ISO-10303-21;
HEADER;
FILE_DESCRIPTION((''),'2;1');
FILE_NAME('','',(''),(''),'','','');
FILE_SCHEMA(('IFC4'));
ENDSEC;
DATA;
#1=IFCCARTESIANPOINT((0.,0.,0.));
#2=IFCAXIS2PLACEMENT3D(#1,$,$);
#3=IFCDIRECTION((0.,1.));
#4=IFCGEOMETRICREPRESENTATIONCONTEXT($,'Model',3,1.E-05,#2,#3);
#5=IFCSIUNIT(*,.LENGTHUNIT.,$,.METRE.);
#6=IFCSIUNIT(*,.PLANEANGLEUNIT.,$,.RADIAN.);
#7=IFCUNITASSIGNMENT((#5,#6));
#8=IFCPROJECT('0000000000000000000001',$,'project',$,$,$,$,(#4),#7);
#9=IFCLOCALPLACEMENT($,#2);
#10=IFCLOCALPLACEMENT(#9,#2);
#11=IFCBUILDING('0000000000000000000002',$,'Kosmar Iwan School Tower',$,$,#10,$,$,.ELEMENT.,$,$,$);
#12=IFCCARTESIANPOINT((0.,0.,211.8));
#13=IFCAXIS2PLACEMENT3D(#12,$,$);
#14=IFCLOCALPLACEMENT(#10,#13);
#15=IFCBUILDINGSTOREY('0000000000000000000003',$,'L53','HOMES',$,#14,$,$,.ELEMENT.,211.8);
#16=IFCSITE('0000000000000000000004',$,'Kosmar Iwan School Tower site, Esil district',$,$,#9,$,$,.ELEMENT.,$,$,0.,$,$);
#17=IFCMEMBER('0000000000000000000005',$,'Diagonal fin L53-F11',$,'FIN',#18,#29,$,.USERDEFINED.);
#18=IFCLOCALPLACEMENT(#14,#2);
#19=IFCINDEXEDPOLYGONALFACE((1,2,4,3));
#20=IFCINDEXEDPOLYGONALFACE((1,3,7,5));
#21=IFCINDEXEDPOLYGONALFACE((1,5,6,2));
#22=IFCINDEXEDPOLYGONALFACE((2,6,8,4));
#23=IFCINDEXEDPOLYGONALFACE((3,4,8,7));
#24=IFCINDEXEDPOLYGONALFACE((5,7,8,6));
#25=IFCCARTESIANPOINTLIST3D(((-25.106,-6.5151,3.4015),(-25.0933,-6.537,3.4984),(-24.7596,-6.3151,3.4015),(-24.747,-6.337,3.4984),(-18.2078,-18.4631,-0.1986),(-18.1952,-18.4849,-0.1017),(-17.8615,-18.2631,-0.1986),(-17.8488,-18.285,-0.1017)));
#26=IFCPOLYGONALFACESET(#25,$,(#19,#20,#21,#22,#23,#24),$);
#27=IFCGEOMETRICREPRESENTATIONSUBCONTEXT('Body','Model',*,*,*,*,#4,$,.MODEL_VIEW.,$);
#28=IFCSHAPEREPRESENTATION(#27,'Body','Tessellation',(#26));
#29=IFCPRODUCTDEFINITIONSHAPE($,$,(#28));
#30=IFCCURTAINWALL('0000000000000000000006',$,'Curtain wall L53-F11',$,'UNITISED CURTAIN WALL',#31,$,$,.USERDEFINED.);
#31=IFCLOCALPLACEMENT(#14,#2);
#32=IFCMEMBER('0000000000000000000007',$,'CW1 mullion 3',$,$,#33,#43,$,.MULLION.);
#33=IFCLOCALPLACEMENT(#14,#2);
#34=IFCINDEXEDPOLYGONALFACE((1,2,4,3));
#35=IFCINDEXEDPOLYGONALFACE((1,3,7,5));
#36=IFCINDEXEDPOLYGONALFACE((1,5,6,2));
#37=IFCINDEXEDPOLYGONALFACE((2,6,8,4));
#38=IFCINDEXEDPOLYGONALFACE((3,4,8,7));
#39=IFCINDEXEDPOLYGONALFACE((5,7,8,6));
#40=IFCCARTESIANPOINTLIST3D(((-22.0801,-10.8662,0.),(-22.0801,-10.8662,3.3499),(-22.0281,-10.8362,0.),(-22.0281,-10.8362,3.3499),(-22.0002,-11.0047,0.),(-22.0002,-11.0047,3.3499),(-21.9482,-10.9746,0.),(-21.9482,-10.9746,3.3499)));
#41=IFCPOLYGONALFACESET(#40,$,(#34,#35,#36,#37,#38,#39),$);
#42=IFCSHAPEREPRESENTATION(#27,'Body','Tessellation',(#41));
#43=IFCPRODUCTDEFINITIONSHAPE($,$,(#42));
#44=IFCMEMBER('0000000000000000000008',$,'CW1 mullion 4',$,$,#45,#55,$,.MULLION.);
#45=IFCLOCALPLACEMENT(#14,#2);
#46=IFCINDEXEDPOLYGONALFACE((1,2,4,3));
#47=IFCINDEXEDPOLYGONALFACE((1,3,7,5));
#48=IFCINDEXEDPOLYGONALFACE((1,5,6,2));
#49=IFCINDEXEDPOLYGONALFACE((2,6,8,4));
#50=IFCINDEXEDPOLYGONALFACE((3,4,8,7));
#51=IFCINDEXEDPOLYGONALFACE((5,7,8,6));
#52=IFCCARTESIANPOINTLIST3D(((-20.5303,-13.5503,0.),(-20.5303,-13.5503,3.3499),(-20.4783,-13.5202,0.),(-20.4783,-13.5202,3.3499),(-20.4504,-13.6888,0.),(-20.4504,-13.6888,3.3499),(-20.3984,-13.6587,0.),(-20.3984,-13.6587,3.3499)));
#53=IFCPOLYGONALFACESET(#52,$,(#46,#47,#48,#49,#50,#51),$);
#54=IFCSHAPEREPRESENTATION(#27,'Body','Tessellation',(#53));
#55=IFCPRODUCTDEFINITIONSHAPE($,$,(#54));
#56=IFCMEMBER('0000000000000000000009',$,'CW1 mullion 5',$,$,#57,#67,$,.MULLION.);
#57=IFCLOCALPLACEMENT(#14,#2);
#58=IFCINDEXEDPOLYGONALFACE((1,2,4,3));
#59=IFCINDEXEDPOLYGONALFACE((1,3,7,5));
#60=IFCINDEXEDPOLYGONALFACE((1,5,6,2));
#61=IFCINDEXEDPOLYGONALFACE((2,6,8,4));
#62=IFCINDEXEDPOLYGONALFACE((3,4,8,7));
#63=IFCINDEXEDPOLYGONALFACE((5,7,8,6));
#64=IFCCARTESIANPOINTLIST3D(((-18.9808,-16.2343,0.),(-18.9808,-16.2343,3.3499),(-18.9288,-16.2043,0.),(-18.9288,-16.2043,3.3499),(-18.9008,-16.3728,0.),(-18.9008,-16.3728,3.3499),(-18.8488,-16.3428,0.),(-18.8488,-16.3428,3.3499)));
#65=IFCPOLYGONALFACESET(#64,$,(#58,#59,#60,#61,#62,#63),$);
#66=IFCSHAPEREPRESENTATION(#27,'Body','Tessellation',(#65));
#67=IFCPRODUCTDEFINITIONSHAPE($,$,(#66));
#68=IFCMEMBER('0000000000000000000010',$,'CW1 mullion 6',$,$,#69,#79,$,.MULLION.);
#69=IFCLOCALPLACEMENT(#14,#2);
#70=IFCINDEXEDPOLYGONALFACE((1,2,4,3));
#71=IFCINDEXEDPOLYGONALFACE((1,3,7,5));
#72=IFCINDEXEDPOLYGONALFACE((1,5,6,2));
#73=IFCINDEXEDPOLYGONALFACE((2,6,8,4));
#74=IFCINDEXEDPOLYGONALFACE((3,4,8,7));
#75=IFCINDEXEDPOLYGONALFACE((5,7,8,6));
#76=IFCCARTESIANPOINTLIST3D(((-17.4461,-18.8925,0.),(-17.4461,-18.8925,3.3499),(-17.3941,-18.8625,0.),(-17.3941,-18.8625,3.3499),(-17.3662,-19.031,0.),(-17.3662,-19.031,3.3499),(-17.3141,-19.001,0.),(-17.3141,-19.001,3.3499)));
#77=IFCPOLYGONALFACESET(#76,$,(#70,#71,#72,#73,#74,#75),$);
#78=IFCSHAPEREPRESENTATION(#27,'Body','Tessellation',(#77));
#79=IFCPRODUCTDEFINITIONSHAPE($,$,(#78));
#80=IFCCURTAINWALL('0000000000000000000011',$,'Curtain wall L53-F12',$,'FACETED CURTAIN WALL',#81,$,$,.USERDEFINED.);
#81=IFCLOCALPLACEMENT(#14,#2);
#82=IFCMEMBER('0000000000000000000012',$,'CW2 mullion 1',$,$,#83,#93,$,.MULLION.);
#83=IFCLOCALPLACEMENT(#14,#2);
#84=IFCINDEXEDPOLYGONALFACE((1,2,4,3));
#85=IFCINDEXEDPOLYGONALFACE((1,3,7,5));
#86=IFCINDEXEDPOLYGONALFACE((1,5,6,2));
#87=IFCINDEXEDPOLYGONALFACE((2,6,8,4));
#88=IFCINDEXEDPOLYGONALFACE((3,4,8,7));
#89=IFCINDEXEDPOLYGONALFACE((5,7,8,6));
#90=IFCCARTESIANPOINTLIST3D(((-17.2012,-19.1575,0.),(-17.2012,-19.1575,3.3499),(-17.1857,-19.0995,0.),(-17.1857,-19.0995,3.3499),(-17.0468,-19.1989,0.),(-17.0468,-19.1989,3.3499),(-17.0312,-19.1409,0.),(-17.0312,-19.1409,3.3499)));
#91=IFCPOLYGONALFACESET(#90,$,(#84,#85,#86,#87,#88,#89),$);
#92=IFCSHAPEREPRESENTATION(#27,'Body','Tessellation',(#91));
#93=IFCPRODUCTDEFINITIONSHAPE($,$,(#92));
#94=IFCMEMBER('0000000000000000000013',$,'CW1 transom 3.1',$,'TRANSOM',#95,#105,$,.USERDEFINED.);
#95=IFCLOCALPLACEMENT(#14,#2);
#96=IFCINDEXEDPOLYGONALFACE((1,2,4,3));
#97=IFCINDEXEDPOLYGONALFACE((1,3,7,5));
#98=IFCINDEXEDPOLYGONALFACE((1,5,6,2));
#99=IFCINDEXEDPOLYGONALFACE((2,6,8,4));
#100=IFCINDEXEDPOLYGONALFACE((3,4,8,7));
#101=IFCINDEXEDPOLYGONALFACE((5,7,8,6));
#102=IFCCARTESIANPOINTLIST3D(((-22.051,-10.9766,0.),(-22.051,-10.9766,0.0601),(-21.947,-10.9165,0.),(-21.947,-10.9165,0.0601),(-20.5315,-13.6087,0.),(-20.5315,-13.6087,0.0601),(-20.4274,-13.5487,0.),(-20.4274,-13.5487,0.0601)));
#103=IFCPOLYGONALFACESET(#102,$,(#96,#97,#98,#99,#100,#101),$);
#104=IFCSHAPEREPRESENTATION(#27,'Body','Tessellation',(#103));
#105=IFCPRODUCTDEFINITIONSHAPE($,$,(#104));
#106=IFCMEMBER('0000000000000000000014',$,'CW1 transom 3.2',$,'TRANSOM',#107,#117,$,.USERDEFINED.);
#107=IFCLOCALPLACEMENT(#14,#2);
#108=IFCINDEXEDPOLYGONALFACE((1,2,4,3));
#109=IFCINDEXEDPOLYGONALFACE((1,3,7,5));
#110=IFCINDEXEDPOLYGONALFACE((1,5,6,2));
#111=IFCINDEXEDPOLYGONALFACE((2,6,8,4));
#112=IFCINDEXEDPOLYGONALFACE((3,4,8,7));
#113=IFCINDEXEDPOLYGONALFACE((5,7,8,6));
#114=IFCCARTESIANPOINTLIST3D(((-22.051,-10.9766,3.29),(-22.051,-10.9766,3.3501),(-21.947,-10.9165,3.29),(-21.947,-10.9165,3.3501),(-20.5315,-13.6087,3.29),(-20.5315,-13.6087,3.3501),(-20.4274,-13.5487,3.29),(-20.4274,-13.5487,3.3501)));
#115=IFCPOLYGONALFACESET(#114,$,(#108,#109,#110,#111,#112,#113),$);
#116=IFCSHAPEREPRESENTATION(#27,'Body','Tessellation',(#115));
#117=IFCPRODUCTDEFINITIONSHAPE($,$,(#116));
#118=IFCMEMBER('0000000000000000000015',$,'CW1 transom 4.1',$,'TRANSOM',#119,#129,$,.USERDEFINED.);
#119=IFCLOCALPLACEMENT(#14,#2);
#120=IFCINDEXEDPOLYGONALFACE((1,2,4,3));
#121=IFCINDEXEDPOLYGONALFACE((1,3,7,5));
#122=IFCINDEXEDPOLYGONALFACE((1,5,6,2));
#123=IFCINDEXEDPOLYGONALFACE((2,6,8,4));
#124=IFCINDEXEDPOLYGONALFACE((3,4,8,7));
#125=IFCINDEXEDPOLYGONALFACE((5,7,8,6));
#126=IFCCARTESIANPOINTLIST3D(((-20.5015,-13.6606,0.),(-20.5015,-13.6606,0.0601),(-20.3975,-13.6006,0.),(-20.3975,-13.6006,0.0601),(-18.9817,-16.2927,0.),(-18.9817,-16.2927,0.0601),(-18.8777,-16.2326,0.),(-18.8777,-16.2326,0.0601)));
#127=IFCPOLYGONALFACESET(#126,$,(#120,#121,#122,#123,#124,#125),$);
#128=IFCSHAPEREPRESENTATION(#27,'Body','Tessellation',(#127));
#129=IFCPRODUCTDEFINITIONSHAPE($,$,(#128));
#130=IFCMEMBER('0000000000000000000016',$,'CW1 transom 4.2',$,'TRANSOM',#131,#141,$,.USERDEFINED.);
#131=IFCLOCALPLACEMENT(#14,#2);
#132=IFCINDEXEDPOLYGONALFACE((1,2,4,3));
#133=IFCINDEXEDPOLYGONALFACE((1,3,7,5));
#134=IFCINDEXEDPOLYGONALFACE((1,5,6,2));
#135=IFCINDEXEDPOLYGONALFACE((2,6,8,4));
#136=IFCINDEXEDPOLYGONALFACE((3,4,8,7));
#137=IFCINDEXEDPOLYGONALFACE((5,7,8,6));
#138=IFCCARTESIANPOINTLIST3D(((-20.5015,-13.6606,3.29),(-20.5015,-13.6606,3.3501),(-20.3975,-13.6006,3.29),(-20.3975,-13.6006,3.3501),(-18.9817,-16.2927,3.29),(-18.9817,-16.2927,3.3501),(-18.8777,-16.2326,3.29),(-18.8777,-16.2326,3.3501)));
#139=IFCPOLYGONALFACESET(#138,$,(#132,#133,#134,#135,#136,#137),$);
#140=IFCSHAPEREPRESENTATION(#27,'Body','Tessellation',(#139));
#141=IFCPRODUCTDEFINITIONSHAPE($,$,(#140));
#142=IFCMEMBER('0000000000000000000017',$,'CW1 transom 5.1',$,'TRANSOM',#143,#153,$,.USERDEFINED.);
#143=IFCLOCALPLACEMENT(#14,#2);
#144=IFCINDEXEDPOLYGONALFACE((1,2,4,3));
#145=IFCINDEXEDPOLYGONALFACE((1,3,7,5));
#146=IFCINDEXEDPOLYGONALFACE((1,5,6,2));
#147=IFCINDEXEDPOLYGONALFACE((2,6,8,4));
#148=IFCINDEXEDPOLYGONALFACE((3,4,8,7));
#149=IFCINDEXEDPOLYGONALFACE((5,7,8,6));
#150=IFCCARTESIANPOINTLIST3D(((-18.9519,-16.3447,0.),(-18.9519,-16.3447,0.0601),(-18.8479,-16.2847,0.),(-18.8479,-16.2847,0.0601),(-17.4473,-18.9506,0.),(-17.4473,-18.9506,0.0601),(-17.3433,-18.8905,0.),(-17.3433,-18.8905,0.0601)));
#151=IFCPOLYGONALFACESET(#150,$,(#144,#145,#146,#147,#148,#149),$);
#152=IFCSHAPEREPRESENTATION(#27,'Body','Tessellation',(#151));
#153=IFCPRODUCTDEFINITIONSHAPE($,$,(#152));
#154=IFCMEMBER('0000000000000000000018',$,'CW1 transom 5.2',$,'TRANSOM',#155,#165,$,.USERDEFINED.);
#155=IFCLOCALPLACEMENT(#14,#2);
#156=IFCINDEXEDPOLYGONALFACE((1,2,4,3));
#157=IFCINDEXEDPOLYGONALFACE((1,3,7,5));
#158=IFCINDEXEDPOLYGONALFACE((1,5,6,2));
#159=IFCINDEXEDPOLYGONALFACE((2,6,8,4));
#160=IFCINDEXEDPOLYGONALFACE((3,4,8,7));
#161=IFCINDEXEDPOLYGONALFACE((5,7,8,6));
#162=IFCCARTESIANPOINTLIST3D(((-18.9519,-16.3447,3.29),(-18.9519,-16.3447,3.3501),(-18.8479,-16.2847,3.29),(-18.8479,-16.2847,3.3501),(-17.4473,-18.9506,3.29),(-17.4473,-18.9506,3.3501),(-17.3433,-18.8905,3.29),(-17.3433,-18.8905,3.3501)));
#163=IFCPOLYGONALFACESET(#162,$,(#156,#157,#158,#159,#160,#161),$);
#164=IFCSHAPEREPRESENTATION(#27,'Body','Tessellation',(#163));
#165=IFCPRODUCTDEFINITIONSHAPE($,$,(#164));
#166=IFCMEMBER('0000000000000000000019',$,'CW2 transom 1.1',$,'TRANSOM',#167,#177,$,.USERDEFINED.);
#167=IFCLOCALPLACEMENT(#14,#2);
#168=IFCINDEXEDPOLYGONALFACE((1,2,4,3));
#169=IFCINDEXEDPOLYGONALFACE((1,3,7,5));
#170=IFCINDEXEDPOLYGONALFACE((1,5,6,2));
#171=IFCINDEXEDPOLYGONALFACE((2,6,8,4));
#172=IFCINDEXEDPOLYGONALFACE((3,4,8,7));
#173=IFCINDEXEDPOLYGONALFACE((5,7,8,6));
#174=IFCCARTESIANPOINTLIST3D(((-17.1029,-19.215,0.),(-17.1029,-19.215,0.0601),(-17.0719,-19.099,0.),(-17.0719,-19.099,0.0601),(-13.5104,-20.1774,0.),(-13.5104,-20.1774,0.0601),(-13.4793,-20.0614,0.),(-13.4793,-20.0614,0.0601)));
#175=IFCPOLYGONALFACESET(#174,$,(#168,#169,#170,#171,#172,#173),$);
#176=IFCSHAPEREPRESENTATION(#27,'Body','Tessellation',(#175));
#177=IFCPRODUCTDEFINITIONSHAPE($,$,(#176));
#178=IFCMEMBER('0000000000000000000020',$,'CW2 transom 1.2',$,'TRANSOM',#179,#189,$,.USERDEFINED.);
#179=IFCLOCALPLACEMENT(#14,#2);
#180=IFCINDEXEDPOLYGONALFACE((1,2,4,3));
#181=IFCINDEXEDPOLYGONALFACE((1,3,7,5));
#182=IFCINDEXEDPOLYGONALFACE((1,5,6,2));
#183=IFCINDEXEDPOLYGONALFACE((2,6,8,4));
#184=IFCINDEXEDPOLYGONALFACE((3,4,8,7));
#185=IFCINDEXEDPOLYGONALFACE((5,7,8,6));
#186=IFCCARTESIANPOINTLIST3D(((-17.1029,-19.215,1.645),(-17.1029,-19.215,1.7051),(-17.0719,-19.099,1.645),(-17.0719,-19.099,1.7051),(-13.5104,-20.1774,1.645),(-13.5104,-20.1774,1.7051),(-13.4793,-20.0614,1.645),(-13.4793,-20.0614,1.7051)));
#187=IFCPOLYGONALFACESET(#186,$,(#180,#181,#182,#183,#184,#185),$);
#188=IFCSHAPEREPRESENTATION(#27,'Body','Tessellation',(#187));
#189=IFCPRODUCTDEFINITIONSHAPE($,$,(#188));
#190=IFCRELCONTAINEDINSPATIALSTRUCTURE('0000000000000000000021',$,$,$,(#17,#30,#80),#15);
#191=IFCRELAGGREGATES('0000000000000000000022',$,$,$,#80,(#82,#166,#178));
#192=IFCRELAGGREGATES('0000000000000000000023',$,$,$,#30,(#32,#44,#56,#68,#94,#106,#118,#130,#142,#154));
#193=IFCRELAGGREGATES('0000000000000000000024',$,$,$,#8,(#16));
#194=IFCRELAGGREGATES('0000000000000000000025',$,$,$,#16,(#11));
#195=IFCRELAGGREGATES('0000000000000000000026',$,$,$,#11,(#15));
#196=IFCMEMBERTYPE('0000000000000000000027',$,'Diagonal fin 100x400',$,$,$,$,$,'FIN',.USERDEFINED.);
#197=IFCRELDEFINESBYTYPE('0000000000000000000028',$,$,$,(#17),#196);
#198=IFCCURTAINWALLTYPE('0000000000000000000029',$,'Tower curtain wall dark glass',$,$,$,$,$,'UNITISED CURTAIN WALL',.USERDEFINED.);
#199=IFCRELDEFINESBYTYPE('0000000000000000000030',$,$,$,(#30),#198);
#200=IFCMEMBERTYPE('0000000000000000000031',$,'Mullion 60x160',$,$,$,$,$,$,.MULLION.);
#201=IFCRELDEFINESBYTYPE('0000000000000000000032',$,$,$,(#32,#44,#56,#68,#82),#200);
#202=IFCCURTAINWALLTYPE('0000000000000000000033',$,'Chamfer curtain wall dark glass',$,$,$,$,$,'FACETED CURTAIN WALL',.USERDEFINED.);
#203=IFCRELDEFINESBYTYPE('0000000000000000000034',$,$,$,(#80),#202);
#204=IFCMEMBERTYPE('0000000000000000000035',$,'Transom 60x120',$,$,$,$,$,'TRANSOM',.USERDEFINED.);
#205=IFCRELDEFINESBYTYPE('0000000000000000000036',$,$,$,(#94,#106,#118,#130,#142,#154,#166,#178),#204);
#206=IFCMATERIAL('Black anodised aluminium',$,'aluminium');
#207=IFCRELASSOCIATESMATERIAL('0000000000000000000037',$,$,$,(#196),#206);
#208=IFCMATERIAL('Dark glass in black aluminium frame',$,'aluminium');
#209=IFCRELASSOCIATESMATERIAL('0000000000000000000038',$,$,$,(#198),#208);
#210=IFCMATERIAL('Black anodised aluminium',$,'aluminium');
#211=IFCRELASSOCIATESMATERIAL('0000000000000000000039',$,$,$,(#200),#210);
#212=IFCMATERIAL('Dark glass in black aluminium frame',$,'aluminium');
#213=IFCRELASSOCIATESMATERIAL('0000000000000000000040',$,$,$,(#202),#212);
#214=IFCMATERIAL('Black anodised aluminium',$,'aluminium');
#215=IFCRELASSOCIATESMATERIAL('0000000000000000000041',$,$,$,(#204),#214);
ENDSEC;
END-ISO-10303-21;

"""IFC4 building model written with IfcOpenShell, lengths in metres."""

from ifc_helpers import new_model, si_unit, direction, frame, origin, origin_2d, place, context, subcontext, project, spatial, rectangle, extrude, material, material_profile, profile_set, type_object, element, aggregate, save


model = new_model("IFC4")

# Units and contexts
model_context = context("Model", 3, precision=1e-05, world=origin(), true_north=direction((0.0, 1.0)))
body_context = subcontext(model_context, "Body", "Model", "MODEL_VIEW")
ifc_project = project(units=[si_unit("LENGTHUNIT", "METRE"), si_unit("PLANEANGLEUNIT", "RADIAN")], contexts=[model_context])

# Site, building, storey
site_placement = place(None, origin())
site = spatial("IfcSite", under=ifc_project, at=site_placement, Name="Kosmar Iwan School Tower site, Esil district", CompositionType="ELEMENT", RefElevation=0.0)
building_placement = place(site_placement, origin())
building = spatial("IfcBuilding", under=site, at=building_placement, Name="Kosmar Iwan School Tower", CompositionType="ELEMENT")
storey_placement = place(building_placement, frame((0.0, 0.0, 211.8)))
storey = spatial("IfcBuildingStorey", under=building, at=storey_placement, Name="L53", Description="HOMES", CompositionType="ELEMENT", Elevation=211.8)

# Member
ifc_material_1 = material(Name="Black anodised aluminium", Category="aluminium")
ifc_material_profile_1 = material_profile(ifc_material_1, rectangle(XDim=0.1001, YDim=0.3999, at=origin_2d()), Name="FIN 100x400")
ifc_profile_set_1 = profile_set([ifc_material_profile_1], Name="Black anodised aluminium")
member_type_1 = type_object("IfcMemberType", Name="Diagonal fin 100x400", ElementType="FIN", PredefinedType="USERDEFINED", material=ifc_profile_set_1)
member_1_placement = place(storey_placement, frame((-18.0283, -18.374, -0.1501), z_axis=(-0.4838, 0.837965, 0.252491), x_axis=(0.126245, -0.218663, 0.967599)))
element("IfcMember", 1, at=member_1_placement, inside=storey, type_object=member_type_1, Name="Diagonal fin L53-F11", ObjectType="FIN", PredefinedType="USERDEFINED", context=body_context, shape_type="SweptSolid", body=[
    extrude(rectangle(XDim=0.1001, YDim=0.3999, at=origin_2d()), origin(), (0.0, 0.0, 1.0), 14.2583),
])

# Curtain wall, members
ifc_material_2 = material(Name="Dark glass in black aluminium frame", Category="aluminium")
curtain_wall_type_1 = type_object("IfcCurtainWallType", Name="Tower curtain wall dark glass", ElementType="UNITISED CURTAIN WALL", PredefinedType="USERDEFINED", material=ifc_material_2)
curtain_wall_1_placement = place(storey_placement, origin())
curtain_wall_1 = element("IfcCurtainWall", 2, at=curtain_wall_1_placement, inside=storey, type_object=curtain_wall_type_1, Name="Curtain wall L53-F11", ObjectType="UNITISED CURTAIN WALL", PredefinedType="USERDEFINED")
ifc_material_3 = material(Name="Black anodised aluminium", Category="aluminium")
ifc_material_profile_2 = material_profile(ifc_material_3, rectangle(XDim=0.0601, YDim=0.1599, at=origin_2d()), Name="MULLION 60x160")
ifc_profile_set_2 = profile_set([ifc_material_profile_2], Name="Black anodised aluminium")
member_type_2 = type_object("IfcMemberType", Name="Mullion 60x160", PredefinedType="MULLION", material=ifc_profile_set_2)
member_2_placement = place(storey_placement, frame((-22.0142, -10.9204, 0.0), z_axis=(0.0, 0.0, 1.0), x_axis=(0.866025, 0.5, 0.0)))
member_2 = element("IfcMember", 3, at=member_2_placement, type_object=member_type_2, Name="CW1 mullion 3", PredefinedType="MULLION", context=body_context, shape_type="SweptSolid", body=[
    extrude(rectangle(XDim=0.0601, YDim=0.1599, at=origin_2d()), origin(), (0.0, 0.0, 1.0), 3.3499),
])
member_3_placement = place(storey_placement, frame((-20.4644, -13.6045, 0.0), z_axis=(0.0, 0.0, 1.0), x_axis=(0.866025, 0.5, 0.0)))
member_3 = element("IfcMember", 4, at=member_3_placement, type_object=member_type_2, Name="CW1 mullion 4", PredefinedType="MULLION", context=body_context, shape_type="SweptSolid", body=[
    extrude(rectangle(XDim=0.0601, YDim=0.1599, at=origin_2d()), origin(), (0.0, 0.0, 1.0), 3.3499),
])
member_4_placement = place(storey_placement, frame((-18.9148, -16.2886, 0.0), z_axis=(0.0, 0.0, 1.0), x_axis=(0.866025, 0.5, 0.0)))
member_4 = element("IfcMember", 5, at=member_4_placement, type_object=member_type_2, Name="CW1 mullion 5", PredefinedType="MULLION", context=body_context, shape_type="SweptSolid", body=[
    extrude(rectangle(XDim=0.0601, YDim=0.1599, at=origin_2d()), origin(), (0.0, 0.0, 1.0), 3.3499),
])
member_5_placement = place(storey_placement, frame((-17.3801, -18.9468, 0.0), z_axis=(0.0, 0.0, 1.0), x_axis=(0.866025, 0.5, 0.0)))
member_5 = element("IfcMember", 6, at=member_5_placement, type_object=member_type_2, Name="CW1 mullion 6", PredefinedType="MULLION", context=body_context, shape_type="SweptSolid", body=[
    extrude(rectangle(XDim=0.0601, YDim=0.1599, at=origin_2d()), origin(), (0.0, 0.0, 1.0), 3.3499),
])

# Curtain wall, member
ifc_material_4 = material(Name="Dark glass in black aluminium frame", Category="aluminium")
curtain_wall_type_2 = type_object("IfcCurtainWallType", Name="Chamfer curtain wall dark glass", ElementType="FACETED CURTAIN WALL", PredefinedType="USERDEFINED", material=ifc_material_4)
curtain_wall_2_placement = place(storey_placement, origin())
curtain_wall_2 = element("IfcCurtainWall", 7, at=curtain_wall_2_placement, inside=storey, type_object=curtain_wall_type_2, Name="Curtain wall L53-F12", ObjectType="FACETED CURTAIN WALL", PredefinedType="USERDEFINED")
member_6_placement = place(storey_placement, frame((-17.1162, -19.1492, 0.0), z_axis=(0.0, 0.0, 1.0), x_axis=(0.258819, 0.965926, 0.0)))
member_6 = element("IfcMember", 8, at=member_6_placement, type_object=member_type_2, Name="CW2 mullion 1", PredefinedType="MULLION", context=body_context, shape_type="SweptSolid", body=[
    extrude(rectangle(XDim=0.0601, YDim=0.1599, at=origin_2d()), origin(), (0.0, 0.0, 1.0), 3.3499),
])

# Members
ifc_material_5 = material(Name="Black anodised aluminium", Category="aluminium")
ifc_material_profile_3 = material_profile(ifc_material_5, rectangle(XDim=0.1201, YDim=0.0601, at=origin_2d()), Name="TRANSOM 60x120")
ifc_profile_set_3 = profile_set([ifc_material_profile_3], Name="Black anodised aluminium")
member_type_3 = type_object("IfcMemberType", Name="Transom 60x120", ElementType="TRANSOM", PredefinedType="USERDEFINED", material=ifc_profile_set_3)
member_7_placement = place(storey_placement, frame((-21.999, -10.9465, 0.03), z_axis=(0.499975, -0.86604, 0.0), x_axis=(0.86604, 0.499975, 0.0)))
member_7 = element("IfcMember", 9, at=member_7_placement, type_object=member_type_3, Name="CW1 transom 3.1", ObjectType="TRANSOM", PredefinedType="USERDEFINED", context=body_context, shape_type="SweptSolid", body=[
    extrude(rectangle(XDim=0.1201, YDim=0.0601, at=origin_2d()), origin(), (0.0, 0.0, 1.0), 3.0393),
])
member_8_placement = place(storey_placement, frame((-21.999, -10.9465, 3.3201), z_axis=(0.499975, -0.86604, 0.0), x_axis=(0.86604, 0.499975, 0.0)))
member_8 = element("IfcMember", 10, at=member_8_placement, type_object=member_type_3, Name="CW1 transom 3.2", ObjectType="TRANSOM", PredefinedType="USERDEFINED", context=body_context, shape_type="SweptSolid", body=[
    extrude(rectangle(XDim=0.1201, YDim=0.0601, at=origin_2d()), origin(), (0.0, 0.0, 1.0), 3.0393),
])
member_9_placement = place(storey_placement, frame((-20.4495, -13.6306, 0.03), z_axis=(0.500035, -0.866005, 0.0), x_axis=(0.866005, 0.500035, 0.0)))
member_9 = element("IfcMember", 11, at=member_9_placement, type_object=member_type_3, Name="CW1 transom 4.1", ObjectType="TRANSOM", PredefinedType="USERDEFINED", context=body_context, shape_type="SweptSolid", body=[
    extrude(rectangle(XDim=0.1201, YDim=0.0601, at=origin_2d()), origin(), (0.0, 0.0, 1.0), 3.0393),
])
member_10_placement = place(storey_placement, frame((-20.4495, -13.6306, 3.3201), z_axis=(0.500035, -0.866005, 0.0), x_axis=(0.866005, 0.500035, 0.0)))
member_10 = element("IfcMember", 12, at=member_10_placement, type_object=member_type_3, Name="CW1 transom 4.2", ObjectType="TRANSOM", PredefinedType="USERDEFINED", context=body_context, shape_type="SweptSolid", body=[
    extrude(rectangle(XDim=0.1201, YDim=0.0601, at=origin_2d()), origin(), (0.0, 0.0, 1.0), 3.0393),
])
member_11_placement = place(storey_placement, frame((-18.8999, -16.3147, 0.03), z_axis=(0.500022, -0.866013, 0.0), x_axis=(0.866013, 0.500022, 0.0)))
member_11 = element("IfcMember", 13, at=member_11_placement, type_object=member_type_3, Name="CW1 transom 5.1", ObjectType="TRANSOM", PredefinedType="USERDEFINED", context=body_context, shape_type="SweptSolid", body=[
    extrude(rectangle(XDim=0.1201, YDim=0.0601, at=origin_2d()), origin(), (0.0, 0.0, 1.0), 3.009),
])
member_12_placement = place(storey_placement, frame((-18.8999, -16.3147, 3.3201), z_axis=(0.500022, -0.866013, 0.0), x_axis=(0.866013, 0.500022, 0.0)))
member_12 = element("IfcMember", 14, at=member_12_placement, type_object=member_type_3, Name="CW1 transom 5.2", ObjectType="TRANSOM", PredefinedType="USERDEFINED", context=body_context, shape_type="SweptSolid", body=[
    extrude(rectangle(XDim=0.1201, YDim=0.0601, at=origin_2d()), origin(), (0.0, 0.0, 1.0), 3.009),
])
member_13_placement = place(storey_placement, frame((-17.0874, -19.157, 0.03), z_axis=(0.96594, -0.258766, 0.0), x_axis=(0.258766, 0.96594, 0.0)))
member_13 = element("IfcMember", 15, at=member_13_placement, type_object=member_type_3, Name="CW2 transom 1.1", ObjectType="TRANSOM", PredefinedType="USERDEFINED", context=body_context, shape_type="SweptSolid", body=[
    extrude(rectangle(XDim=0.1201, YDim=0.0601, at=origin_2d()), origin(), (0.0, 0.0, 1.0), 3.7192),
])
member_14_placement = place(storey_placement, frame((-17.0874, -19.157, 1.675), z_axis=(0.96594, -0.258766, 0.0), x_axis=(0.258766, 0.96594, 0.0)))
member_14 = element("IfcMember", 16, at=member_14_placement, type_object=member_type_3, Name="CW2 transom 1.2", ObjectType="TRANSOM", PredefinedType="USERDEFINED", context=body_context, shape_type="SweptSolid", body=[
    extrude(rectangle(XDim=0.1201, YDim=0.0601, at=origin_2d()), origin(), (0.0, 0.0, 1.0), 3.7192),
])
aggregate(curtain_wall_2, [member_6, member_13, member_14])

aggregate(curtain_wall_1, [member_2, member_3, member_4, member_5, member_7, member_8, member_9, member_10, member_11, member_12])

save(model, "model.ifc")
